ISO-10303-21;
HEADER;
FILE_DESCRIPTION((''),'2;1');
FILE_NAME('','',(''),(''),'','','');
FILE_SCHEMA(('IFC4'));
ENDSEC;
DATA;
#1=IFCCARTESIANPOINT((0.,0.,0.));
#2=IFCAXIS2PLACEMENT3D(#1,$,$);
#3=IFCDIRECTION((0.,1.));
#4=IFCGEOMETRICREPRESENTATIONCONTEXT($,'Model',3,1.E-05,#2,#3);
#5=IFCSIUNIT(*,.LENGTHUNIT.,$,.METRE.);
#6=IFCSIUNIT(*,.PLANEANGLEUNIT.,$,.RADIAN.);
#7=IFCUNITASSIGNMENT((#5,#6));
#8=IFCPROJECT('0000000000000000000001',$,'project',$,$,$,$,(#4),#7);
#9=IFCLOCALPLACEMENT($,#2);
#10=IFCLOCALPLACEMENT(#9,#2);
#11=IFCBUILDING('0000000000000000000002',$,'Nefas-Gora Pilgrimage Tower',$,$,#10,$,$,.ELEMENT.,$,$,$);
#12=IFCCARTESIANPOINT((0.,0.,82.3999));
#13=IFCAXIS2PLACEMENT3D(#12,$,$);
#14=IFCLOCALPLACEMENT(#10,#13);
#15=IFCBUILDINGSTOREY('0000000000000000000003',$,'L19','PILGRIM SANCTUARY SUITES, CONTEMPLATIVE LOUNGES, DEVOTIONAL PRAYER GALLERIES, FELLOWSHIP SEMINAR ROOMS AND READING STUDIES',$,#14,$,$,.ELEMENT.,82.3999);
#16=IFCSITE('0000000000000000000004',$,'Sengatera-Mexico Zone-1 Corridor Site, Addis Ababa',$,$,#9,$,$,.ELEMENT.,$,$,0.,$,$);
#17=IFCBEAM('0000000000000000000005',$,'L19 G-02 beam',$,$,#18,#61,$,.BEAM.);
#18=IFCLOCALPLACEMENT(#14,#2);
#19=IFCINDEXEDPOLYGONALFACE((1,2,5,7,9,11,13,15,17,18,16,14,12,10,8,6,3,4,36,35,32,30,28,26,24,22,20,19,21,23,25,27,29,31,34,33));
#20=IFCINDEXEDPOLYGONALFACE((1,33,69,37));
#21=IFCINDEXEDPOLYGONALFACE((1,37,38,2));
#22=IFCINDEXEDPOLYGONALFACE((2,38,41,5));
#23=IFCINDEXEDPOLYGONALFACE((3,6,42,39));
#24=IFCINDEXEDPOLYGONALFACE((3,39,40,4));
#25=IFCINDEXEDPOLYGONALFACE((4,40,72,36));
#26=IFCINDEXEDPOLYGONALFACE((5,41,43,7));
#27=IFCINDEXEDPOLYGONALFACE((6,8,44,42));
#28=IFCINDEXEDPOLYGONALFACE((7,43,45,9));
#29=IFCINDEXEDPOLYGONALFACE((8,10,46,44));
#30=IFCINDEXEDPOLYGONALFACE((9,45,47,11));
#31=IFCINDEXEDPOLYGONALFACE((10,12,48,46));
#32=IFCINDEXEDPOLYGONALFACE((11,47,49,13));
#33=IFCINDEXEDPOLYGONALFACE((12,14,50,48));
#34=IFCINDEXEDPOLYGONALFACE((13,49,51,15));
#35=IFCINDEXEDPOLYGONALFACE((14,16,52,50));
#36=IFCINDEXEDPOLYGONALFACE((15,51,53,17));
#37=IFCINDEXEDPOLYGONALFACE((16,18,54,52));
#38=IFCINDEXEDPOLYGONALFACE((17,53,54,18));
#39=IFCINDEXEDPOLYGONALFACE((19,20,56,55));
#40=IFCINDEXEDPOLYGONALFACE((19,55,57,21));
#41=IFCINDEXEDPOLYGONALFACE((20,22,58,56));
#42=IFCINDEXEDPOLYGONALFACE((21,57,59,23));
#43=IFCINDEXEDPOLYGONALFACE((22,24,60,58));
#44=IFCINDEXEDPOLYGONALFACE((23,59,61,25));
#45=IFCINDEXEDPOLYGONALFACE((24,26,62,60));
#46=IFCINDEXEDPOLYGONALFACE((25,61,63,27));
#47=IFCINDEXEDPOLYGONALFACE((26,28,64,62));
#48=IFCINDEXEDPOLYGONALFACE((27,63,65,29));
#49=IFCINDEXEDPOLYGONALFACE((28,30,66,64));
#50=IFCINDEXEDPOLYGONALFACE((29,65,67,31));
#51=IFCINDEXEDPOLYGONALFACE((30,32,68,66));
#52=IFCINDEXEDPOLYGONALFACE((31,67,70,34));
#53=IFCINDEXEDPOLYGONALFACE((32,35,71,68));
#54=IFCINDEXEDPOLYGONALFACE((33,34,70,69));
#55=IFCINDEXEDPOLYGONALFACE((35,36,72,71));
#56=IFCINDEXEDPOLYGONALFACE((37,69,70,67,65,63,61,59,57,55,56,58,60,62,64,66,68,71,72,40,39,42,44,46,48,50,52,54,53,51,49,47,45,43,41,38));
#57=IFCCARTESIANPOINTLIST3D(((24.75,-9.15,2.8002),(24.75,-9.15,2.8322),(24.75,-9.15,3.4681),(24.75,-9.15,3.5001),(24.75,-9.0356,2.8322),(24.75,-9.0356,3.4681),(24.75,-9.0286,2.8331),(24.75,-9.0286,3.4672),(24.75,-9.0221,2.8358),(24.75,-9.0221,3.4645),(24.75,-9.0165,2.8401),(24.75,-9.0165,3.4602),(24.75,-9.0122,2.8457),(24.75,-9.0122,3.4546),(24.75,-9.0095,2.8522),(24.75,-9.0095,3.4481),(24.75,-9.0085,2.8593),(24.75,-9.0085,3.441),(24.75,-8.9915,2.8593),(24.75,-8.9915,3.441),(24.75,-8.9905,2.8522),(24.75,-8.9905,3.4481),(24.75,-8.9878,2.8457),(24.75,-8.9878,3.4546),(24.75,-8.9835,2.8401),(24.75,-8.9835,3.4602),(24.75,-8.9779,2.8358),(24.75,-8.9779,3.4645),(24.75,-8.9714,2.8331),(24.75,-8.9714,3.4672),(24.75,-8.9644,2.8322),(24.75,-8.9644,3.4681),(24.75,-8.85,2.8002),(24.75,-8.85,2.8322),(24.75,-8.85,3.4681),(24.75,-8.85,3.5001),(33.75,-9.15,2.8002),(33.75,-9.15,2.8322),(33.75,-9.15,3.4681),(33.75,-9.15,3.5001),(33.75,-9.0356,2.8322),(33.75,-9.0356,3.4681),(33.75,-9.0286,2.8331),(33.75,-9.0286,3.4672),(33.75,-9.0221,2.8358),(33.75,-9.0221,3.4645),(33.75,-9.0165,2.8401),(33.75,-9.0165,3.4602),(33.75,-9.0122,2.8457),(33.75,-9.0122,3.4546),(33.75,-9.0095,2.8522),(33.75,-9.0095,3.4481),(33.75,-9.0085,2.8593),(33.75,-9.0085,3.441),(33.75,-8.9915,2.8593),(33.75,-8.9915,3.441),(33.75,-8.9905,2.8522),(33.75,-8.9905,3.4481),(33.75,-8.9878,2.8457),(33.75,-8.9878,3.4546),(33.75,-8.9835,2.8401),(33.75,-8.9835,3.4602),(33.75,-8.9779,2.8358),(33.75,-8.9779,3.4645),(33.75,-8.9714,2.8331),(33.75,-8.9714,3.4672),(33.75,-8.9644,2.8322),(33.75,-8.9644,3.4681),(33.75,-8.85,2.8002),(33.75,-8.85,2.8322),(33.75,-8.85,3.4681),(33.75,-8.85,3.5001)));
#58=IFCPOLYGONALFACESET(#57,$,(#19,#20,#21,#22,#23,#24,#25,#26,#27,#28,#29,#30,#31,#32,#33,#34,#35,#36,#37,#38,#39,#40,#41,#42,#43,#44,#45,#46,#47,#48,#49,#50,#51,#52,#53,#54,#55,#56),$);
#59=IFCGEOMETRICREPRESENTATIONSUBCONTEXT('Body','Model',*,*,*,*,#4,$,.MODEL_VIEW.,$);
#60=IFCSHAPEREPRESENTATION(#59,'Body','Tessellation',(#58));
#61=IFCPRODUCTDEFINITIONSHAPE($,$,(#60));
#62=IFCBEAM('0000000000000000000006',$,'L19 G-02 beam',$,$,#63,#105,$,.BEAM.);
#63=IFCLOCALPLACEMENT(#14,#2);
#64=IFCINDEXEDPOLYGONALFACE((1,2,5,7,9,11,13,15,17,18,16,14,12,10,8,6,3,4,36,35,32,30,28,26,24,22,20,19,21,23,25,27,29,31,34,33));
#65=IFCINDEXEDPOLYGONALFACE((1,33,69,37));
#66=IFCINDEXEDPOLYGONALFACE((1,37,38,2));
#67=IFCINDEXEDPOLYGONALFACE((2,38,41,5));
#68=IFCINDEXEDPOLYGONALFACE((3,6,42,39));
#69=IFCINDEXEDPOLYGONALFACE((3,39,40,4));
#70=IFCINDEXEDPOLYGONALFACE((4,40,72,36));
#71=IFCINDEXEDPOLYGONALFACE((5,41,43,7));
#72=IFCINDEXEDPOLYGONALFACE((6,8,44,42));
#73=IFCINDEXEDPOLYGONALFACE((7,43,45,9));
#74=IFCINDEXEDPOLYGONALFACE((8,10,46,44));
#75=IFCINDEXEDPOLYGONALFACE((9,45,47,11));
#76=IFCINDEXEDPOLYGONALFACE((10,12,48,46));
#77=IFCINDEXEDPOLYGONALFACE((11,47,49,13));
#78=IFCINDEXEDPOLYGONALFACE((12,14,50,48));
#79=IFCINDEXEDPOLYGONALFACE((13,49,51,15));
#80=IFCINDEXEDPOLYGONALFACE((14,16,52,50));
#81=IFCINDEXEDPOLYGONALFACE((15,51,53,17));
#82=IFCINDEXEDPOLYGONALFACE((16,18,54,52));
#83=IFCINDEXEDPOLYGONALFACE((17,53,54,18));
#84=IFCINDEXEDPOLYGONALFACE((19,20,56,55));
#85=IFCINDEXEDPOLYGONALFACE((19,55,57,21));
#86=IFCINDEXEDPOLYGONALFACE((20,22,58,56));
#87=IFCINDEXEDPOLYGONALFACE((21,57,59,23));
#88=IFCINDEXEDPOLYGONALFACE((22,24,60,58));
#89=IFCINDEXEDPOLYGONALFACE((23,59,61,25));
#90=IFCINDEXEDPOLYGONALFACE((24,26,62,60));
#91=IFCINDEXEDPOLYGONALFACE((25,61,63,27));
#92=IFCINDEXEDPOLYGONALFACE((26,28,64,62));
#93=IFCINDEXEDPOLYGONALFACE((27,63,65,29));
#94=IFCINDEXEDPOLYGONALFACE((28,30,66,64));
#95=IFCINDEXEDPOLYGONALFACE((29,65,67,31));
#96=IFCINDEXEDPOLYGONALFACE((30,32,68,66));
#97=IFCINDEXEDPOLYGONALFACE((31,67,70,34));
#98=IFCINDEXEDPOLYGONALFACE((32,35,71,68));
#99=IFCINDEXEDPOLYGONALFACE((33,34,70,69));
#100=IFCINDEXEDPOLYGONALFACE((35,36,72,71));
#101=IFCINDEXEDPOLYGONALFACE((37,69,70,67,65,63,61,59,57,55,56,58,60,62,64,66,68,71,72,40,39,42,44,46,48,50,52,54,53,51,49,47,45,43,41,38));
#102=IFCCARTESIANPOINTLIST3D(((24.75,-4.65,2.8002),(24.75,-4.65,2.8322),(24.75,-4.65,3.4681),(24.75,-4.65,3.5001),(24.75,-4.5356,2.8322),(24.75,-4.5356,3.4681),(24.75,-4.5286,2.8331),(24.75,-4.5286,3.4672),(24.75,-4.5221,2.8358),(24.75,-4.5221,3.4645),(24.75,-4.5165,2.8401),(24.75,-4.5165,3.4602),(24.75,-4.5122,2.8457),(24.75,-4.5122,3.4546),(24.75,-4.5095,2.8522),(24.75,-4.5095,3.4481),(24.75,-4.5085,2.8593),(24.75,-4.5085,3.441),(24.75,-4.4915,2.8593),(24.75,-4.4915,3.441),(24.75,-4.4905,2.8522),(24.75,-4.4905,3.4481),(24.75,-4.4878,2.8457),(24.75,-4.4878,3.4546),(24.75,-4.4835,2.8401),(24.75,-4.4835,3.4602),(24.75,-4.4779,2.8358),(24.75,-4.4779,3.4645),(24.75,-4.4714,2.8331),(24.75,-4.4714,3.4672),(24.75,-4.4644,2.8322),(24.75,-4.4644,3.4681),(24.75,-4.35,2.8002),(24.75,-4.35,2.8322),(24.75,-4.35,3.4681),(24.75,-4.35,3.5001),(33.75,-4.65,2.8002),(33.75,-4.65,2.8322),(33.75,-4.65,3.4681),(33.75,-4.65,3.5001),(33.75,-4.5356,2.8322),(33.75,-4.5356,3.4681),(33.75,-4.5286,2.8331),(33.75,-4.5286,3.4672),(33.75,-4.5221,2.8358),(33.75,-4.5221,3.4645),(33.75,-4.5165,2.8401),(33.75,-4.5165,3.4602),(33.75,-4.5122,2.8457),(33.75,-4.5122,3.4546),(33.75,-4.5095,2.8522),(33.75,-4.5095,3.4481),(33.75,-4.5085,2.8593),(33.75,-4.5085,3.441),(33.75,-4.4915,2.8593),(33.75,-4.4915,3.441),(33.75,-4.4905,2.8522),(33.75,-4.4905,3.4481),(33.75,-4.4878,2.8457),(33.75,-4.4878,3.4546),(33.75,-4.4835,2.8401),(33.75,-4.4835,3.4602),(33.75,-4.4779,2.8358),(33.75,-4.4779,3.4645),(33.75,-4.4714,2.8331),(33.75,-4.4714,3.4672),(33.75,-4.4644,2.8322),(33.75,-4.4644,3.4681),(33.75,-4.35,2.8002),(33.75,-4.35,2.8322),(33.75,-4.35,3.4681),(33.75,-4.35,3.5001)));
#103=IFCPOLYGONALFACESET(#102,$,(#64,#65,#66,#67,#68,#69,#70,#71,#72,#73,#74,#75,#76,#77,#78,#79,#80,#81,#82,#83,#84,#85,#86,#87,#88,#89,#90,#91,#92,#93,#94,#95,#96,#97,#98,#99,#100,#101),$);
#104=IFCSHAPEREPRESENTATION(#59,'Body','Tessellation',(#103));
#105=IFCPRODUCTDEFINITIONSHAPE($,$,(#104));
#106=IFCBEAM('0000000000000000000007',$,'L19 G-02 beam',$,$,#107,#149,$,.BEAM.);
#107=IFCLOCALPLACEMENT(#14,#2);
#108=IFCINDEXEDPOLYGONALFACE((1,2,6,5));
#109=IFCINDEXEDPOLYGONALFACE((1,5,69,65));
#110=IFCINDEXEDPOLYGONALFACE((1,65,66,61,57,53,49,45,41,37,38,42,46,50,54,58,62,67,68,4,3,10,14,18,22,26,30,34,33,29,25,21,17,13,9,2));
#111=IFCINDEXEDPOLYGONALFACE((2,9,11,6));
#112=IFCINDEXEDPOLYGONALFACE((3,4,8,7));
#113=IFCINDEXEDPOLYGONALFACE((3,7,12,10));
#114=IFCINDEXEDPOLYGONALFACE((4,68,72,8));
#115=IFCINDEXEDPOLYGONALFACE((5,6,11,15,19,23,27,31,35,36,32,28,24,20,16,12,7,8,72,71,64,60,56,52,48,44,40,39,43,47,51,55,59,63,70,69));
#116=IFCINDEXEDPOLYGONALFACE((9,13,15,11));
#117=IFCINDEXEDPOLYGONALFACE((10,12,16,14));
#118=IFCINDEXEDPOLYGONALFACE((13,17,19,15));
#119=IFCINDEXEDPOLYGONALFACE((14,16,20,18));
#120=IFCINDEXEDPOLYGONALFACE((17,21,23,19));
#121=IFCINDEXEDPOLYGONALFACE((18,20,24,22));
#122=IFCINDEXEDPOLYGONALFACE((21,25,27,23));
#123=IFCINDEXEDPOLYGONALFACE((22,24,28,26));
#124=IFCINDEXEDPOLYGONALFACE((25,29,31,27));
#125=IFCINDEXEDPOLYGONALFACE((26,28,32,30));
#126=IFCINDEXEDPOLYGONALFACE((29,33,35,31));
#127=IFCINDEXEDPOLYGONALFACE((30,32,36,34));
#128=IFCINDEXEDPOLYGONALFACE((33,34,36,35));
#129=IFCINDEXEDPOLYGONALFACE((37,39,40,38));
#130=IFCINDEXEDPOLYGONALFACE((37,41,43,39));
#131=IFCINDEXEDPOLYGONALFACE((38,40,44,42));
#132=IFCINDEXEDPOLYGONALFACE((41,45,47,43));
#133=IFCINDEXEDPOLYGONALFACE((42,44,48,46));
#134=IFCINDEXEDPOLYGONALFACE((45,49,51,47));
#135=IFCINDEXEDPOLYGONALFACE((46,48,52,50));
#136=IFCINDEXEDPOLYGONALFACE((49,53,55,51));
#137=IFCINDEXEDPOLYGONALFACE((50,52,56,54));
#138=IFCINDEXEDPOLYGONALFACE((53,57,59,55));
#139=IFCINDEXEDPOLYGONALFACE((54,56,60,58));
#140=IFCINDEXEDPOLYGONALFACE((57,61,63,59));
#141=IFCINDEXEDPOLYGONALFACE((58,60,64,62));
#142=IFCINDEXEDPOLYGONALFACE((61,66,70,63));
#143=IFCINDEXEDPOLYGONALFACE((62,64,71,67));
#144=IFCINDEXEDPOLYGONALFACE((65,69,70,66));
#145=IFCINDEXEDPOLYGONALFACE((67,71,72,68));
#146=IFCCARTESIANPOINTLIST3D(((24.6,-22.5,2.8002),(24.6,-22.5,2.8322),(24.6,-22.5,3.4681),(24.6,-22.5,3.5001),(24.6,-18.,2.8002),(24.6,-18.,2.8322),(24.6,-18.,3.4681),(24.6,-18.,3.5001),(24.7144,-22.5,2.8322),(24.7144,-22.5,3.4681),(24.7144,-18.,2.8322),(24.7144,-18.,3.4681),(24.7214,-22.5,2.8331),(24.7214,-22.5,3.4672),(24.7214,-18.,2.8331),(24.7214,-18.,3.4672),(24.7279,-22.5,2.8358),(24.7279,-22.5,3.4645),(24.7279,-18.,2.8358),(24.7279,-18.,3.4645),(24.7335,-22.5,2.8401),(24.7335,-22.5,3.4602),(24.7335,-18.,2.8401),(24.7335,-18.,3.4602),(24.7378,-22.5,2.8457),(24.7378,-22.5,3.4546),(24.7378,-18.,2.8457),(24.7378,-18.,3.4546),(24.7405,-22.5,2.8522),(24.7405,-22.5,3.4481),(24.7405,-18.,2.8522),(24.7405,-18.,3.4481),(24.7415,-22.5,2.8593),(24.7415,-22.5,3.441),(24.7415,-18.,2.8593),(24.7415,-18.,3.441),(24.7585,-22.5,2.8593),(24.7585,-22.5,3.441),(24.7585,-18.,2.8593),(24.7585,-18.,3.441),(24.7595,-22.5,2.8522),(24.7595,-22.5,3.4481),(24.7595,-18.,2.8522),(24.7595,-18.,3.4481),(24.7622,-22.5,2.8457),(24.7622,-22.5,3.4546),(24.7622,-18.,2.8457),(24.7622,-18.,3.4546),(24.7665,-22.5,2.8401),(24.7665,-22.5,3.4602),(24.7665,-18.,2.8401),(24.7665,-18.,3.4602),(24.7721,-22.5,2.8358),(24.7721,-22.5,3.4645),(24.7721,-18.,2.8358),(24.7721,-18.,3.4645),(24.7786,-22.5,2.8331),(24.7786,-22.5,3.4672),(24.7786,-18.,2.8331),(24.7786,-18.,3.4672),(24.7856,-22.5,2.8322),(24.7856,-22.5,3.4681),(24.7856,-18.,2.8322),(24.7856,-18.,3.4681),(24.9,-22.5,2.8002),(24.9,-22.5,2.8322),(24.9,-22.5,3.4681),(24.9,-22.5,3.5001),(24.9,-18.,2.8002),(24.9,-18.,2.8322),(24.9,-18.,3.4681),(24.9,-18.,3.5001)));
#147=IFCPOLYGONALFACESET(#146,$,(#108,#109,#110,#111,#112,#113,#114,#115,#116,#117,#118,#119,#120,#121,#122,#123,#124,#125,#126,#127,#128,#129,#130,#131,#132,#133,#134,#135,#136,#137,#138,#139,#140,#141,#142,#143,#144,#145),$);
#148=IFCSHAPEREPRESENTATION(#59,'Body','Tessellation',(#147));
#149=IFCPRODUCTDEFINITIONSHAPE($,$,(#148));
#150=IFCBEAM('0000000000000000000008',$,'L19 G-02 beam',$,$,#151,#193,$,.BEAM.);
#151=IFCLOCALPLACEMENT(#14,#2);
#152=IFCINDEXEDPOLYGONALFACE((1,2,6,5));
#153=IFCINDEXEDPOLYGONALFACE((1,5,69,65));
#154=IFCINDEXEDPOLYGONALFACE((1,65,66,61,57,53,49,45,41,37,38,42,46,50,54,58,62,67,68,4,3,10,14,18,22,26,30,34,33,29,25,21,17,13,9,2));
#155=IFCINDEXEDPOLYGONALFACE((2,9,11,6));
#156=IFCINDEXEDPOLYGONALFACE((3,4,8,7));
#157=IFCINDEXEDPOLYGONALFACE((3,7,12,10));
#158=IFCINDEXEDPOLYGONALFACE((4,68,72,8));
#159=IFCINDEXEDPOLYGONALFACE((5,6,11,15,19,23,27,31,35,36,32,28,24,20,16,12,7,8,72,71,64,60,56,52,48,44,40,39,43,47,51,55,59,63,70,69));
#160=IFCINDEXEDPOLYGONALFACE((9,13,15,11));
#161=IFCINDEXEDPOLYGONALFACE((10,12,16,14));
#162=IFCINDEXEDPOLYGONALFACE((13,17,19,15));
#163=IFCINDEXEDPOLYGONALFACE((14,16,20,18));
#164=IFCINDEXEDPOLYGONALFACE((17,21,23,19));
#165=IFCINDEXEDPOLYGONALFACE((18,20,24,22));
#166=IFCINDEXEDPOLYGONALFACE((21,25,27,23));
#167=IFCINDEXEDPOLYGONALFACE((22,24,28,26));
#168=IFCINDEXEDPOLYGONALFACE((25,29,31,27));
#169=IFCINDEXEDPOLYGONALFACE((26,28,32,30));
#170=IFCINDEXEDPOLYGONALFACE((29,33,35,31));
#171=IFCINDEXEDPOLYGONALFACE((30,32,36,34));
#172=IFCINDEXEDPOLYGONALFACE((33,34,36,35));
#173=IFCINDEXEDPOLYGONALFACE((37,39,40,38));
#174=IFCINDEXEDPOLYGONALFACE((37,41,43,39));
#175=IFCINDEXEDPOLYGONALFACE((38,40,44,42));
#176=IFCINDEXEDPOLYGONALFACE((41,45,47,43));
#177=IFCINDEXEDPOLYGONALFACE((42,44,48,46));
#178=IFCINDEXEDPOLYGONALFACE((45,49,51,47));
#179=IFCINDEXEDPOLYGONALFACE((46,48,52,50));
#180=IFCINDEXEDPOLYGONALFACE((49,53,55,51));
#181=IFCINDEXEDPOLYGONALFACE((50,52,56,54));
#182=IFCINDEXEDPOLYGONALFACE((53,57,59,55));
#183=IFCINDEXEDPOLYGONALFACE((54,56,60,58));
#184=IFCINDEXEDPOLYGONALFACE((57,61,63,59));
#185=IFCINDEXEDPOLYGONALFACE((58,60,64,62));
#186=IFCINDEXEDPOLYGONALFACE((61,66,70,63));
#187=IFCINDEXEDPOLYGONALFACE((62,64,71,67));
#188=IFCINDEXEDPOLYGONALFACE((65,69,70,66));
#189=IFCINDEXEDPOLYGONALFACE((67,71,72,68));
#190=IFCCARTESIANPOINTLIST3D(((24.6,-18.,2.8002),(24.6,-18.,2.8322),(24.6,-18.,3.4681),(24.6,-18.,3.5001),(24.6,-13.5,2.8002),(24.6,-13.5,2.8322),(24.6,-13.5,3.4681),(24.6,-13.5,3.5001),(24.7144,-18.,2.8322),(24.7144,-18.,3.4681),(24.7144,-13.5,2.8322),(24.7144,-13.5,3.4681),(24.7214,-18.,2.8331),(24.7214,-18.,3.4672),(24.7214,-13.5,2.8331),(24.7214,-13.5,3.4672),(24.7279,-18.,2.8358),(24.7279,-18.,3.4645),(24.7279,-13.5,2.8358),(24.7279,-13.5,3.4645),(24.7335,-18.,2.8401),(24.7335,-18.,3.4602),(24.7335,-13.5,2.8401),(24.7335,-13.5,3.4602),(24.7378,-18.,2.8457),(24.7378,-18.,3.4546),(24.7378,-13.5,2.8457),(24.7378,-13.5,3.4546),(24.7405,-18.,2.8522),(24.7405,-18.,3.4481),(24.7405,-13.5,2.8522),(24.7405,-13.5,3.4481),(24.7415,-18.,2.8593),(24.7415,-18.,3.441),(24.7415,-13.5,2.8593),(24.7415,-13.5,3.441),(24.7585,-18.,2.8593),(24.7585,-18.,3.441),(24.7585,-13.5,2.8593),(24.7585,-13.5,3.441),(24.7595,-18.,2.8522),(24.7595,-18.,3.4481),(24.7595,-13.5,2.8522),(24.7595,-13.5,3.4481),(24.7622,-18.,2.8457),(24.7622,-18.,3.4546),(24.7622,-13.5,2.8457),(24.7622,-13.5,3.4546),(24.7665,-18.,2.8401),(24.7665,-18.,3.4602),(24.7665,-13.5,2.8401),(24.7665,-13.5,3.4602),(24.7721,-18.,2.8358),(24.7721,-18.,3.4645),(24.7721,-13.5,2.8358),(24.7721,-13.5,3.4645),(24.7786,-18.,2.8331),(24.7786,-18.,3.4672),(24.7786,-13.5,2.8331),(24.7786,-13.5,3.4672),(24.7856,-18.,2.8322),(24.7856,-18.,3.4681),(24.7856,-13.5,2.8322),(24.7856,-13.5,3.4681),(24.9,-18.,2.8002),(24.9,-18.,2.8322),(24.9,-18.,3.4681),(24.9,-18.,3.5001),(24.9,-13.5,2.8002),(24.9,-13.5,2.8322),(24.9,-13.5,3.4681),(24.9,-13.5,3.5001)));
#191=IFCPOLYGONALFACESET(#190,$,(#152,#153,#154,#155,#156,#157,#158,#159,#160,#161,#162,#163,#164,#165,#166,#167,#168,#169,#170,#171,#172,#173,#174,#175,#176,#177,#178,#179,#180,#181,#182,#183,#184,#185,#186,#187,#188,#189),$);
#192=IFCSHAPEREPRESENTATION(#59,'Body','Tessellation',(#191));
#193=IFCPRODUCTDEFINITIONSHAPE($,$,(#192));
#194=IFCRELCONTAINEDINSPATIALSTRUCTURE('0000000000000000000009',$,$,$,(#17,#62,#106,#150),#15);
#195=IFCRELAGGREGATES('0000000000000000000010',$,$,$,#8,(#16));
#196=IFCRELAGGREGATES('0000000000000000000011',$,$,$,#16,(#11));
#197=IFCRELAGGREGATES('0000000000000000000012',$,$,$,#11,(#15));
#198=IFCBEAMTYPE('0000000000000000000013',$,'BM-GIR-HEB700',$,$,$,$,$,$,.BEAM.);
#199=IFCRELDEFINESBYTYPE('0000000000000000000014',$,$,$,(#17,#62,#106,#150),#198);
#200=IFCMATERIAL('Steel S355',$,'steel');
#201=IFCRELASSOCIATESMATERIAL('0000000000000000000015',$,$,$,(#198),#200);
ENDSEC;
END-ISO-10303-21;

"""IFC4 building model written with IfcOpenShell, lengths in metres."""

from ifc_helpers import new_model, si_unit, direction, frame, origin, origin_2d, place, context, subcontext, project, spatial, i_section, extrude, source, transform, mapped, material, material_profile, profile_set, type_object, element, save


model = new_model("IFC4")

# Units and contexts
model_context = context("Model", 3, precision=1e-05, world=origin(), true_north=direction((0.0, 1.0)))
body_context = subcontext(model_context, "Body", "Model", "MODEL_VIEW")
ifc_project = project(units=[si_unit("LENGTHUNIT", "METRE"), si_unit("PLANEANGLEUNIT", "RADIAN")], contexts=[model_context])

# Site, building, storey
site_placement = place(None, origin())
site = spatial("IfcSite", under=ifc_project, at=site_placement, Name="Sengatera-Mexico Zone-1 Corridor Site, Addis Ababa", CompositionType="ELEMENT", RefElevation=0.0)
building_placement = place(site_placement, origin())
building = spatial("IfcBuilding", under=site, at=building_placement, Name="Nefas-Gora Pilgrimage Tower", CompositionType="ELEMENT")
storey_placement = place(building_placement, frame((0.0, 0.0, 82.3999)))
storey = spatial("IfcBuildingStorey", under=building, at=storey_placement, Name="L19", Description="PILGRIM SANCTUARY SUITES, CONTEMPLATIVE LOUNGES, DEVOTIONAL PRAYER GALLERIES, FELLOWSHIP SEMINAR ROOMS AND READING STUDIES", CompositionType="ELEMENT", Elevation=82.3999)

# Beams
ifc_material_1 = material(Name="Steel S355", Category="steel")
ifc_material_profile_1 = material_profile(ifc_material_1, i_section(OverallWidth=0.3, OverallDepth=0.7, WebThickness=0.0171, FlangeThickness=0.032, FilletRadius=0.0271, at=origin_2d()), Name="HEB 700")
ifc_profile_set_1 = profile_set([ifc_material_profile_1], Name="Steel S355")
beam_type_1 = type_object("IfcBeamType", Name="BM-GIR-HEB700", PredefinedType="BEAM", material=ifc_profile_set_1)
shared_shape_1 = source(origin(), body_context, "Body", "SweptSolid", [
    extrude(i_section(OverallWidth=0.3, OverallDepth=0.7, WebThickness=0.0171, FlangeThickness=0.032, FilletRadius=0.0271, at=origin_2d()), origin(), (0.0, 0.0, 1.0), 9.0),
])
for number, where, z_axis, x_axis, name in (
    (1, (24.75, -9.0, 3.1501), (1.0, 0.0, 0.0), (0.0, 1.0, 0.0), "L19 G-02 beam"),
    (2, (24.75, -4.5, 3.1501), (1.0, 0.0, 0.0), (0.0, 1.0, 0.0), "L19 G-02 beam"),
):
    element("IfcBeam", number, at=place(storey_placement, frame(where, z_axis=z_axis, x_axis=x_axis)), inside=storey, type_object=beam_type_1, Name=name, PredefinedType="BEAM", context=body_context, shape_type="MappedRepresentation", body=[
        mapped(shared_shape_1, transform((0.0, 0.0, 0.0), x_axis=(1.0, 0.0, 0.0), y_axis=(0.0, 1.0, 0.0), z_axis=(0.0, 0.0, 1.0), scale=1.0)),
    ])
shared_shape_2 = source(origin(), body_context, "Body", "SweptSolid", [
    extrude(i_section(OverallWidth=0.3, OverallDepth=0.7, WebThickness=0.0171, FlangeThickness=0.032, FilletRadius=0.0271, at=origin_2d()), origin(), (0.0, 0.0, 1.0), 4.5),
])
for number, where, z_axis, x_axis, name in (
    (3, (24.75, -22.5, 3.1501), (0.0, 1.0, 0.0), (-1.0, 0.0, 0.0), "L19 G-02 beam"),
    (4, (24.75, -18.0, 3.1501), (0.0, 1.0, 0.0), (-1.0, 0.0, 0.0), "L19 G-02 beam"),
):
    element("IfcBeam", number, at=place(storey_placement, frame(where, z_axis=z_axis, x_axis=x_axis)), inside=storey, type_object=beam_type_1, Name=name, PredefinedType="BEAM", context=body_context, shape_type="MappedRepresentation", body=[
        mapped(shared_shape_2, transform((0.0, 0.0, 0.0), x_axis=(1.0, 0.0, 0.0), y_axis=(0.0, 1.0, 0.0), z_axis=(0.0, 0.0, 1.0), scale=1.0)),
    ])

save(model, "model.ifc")
